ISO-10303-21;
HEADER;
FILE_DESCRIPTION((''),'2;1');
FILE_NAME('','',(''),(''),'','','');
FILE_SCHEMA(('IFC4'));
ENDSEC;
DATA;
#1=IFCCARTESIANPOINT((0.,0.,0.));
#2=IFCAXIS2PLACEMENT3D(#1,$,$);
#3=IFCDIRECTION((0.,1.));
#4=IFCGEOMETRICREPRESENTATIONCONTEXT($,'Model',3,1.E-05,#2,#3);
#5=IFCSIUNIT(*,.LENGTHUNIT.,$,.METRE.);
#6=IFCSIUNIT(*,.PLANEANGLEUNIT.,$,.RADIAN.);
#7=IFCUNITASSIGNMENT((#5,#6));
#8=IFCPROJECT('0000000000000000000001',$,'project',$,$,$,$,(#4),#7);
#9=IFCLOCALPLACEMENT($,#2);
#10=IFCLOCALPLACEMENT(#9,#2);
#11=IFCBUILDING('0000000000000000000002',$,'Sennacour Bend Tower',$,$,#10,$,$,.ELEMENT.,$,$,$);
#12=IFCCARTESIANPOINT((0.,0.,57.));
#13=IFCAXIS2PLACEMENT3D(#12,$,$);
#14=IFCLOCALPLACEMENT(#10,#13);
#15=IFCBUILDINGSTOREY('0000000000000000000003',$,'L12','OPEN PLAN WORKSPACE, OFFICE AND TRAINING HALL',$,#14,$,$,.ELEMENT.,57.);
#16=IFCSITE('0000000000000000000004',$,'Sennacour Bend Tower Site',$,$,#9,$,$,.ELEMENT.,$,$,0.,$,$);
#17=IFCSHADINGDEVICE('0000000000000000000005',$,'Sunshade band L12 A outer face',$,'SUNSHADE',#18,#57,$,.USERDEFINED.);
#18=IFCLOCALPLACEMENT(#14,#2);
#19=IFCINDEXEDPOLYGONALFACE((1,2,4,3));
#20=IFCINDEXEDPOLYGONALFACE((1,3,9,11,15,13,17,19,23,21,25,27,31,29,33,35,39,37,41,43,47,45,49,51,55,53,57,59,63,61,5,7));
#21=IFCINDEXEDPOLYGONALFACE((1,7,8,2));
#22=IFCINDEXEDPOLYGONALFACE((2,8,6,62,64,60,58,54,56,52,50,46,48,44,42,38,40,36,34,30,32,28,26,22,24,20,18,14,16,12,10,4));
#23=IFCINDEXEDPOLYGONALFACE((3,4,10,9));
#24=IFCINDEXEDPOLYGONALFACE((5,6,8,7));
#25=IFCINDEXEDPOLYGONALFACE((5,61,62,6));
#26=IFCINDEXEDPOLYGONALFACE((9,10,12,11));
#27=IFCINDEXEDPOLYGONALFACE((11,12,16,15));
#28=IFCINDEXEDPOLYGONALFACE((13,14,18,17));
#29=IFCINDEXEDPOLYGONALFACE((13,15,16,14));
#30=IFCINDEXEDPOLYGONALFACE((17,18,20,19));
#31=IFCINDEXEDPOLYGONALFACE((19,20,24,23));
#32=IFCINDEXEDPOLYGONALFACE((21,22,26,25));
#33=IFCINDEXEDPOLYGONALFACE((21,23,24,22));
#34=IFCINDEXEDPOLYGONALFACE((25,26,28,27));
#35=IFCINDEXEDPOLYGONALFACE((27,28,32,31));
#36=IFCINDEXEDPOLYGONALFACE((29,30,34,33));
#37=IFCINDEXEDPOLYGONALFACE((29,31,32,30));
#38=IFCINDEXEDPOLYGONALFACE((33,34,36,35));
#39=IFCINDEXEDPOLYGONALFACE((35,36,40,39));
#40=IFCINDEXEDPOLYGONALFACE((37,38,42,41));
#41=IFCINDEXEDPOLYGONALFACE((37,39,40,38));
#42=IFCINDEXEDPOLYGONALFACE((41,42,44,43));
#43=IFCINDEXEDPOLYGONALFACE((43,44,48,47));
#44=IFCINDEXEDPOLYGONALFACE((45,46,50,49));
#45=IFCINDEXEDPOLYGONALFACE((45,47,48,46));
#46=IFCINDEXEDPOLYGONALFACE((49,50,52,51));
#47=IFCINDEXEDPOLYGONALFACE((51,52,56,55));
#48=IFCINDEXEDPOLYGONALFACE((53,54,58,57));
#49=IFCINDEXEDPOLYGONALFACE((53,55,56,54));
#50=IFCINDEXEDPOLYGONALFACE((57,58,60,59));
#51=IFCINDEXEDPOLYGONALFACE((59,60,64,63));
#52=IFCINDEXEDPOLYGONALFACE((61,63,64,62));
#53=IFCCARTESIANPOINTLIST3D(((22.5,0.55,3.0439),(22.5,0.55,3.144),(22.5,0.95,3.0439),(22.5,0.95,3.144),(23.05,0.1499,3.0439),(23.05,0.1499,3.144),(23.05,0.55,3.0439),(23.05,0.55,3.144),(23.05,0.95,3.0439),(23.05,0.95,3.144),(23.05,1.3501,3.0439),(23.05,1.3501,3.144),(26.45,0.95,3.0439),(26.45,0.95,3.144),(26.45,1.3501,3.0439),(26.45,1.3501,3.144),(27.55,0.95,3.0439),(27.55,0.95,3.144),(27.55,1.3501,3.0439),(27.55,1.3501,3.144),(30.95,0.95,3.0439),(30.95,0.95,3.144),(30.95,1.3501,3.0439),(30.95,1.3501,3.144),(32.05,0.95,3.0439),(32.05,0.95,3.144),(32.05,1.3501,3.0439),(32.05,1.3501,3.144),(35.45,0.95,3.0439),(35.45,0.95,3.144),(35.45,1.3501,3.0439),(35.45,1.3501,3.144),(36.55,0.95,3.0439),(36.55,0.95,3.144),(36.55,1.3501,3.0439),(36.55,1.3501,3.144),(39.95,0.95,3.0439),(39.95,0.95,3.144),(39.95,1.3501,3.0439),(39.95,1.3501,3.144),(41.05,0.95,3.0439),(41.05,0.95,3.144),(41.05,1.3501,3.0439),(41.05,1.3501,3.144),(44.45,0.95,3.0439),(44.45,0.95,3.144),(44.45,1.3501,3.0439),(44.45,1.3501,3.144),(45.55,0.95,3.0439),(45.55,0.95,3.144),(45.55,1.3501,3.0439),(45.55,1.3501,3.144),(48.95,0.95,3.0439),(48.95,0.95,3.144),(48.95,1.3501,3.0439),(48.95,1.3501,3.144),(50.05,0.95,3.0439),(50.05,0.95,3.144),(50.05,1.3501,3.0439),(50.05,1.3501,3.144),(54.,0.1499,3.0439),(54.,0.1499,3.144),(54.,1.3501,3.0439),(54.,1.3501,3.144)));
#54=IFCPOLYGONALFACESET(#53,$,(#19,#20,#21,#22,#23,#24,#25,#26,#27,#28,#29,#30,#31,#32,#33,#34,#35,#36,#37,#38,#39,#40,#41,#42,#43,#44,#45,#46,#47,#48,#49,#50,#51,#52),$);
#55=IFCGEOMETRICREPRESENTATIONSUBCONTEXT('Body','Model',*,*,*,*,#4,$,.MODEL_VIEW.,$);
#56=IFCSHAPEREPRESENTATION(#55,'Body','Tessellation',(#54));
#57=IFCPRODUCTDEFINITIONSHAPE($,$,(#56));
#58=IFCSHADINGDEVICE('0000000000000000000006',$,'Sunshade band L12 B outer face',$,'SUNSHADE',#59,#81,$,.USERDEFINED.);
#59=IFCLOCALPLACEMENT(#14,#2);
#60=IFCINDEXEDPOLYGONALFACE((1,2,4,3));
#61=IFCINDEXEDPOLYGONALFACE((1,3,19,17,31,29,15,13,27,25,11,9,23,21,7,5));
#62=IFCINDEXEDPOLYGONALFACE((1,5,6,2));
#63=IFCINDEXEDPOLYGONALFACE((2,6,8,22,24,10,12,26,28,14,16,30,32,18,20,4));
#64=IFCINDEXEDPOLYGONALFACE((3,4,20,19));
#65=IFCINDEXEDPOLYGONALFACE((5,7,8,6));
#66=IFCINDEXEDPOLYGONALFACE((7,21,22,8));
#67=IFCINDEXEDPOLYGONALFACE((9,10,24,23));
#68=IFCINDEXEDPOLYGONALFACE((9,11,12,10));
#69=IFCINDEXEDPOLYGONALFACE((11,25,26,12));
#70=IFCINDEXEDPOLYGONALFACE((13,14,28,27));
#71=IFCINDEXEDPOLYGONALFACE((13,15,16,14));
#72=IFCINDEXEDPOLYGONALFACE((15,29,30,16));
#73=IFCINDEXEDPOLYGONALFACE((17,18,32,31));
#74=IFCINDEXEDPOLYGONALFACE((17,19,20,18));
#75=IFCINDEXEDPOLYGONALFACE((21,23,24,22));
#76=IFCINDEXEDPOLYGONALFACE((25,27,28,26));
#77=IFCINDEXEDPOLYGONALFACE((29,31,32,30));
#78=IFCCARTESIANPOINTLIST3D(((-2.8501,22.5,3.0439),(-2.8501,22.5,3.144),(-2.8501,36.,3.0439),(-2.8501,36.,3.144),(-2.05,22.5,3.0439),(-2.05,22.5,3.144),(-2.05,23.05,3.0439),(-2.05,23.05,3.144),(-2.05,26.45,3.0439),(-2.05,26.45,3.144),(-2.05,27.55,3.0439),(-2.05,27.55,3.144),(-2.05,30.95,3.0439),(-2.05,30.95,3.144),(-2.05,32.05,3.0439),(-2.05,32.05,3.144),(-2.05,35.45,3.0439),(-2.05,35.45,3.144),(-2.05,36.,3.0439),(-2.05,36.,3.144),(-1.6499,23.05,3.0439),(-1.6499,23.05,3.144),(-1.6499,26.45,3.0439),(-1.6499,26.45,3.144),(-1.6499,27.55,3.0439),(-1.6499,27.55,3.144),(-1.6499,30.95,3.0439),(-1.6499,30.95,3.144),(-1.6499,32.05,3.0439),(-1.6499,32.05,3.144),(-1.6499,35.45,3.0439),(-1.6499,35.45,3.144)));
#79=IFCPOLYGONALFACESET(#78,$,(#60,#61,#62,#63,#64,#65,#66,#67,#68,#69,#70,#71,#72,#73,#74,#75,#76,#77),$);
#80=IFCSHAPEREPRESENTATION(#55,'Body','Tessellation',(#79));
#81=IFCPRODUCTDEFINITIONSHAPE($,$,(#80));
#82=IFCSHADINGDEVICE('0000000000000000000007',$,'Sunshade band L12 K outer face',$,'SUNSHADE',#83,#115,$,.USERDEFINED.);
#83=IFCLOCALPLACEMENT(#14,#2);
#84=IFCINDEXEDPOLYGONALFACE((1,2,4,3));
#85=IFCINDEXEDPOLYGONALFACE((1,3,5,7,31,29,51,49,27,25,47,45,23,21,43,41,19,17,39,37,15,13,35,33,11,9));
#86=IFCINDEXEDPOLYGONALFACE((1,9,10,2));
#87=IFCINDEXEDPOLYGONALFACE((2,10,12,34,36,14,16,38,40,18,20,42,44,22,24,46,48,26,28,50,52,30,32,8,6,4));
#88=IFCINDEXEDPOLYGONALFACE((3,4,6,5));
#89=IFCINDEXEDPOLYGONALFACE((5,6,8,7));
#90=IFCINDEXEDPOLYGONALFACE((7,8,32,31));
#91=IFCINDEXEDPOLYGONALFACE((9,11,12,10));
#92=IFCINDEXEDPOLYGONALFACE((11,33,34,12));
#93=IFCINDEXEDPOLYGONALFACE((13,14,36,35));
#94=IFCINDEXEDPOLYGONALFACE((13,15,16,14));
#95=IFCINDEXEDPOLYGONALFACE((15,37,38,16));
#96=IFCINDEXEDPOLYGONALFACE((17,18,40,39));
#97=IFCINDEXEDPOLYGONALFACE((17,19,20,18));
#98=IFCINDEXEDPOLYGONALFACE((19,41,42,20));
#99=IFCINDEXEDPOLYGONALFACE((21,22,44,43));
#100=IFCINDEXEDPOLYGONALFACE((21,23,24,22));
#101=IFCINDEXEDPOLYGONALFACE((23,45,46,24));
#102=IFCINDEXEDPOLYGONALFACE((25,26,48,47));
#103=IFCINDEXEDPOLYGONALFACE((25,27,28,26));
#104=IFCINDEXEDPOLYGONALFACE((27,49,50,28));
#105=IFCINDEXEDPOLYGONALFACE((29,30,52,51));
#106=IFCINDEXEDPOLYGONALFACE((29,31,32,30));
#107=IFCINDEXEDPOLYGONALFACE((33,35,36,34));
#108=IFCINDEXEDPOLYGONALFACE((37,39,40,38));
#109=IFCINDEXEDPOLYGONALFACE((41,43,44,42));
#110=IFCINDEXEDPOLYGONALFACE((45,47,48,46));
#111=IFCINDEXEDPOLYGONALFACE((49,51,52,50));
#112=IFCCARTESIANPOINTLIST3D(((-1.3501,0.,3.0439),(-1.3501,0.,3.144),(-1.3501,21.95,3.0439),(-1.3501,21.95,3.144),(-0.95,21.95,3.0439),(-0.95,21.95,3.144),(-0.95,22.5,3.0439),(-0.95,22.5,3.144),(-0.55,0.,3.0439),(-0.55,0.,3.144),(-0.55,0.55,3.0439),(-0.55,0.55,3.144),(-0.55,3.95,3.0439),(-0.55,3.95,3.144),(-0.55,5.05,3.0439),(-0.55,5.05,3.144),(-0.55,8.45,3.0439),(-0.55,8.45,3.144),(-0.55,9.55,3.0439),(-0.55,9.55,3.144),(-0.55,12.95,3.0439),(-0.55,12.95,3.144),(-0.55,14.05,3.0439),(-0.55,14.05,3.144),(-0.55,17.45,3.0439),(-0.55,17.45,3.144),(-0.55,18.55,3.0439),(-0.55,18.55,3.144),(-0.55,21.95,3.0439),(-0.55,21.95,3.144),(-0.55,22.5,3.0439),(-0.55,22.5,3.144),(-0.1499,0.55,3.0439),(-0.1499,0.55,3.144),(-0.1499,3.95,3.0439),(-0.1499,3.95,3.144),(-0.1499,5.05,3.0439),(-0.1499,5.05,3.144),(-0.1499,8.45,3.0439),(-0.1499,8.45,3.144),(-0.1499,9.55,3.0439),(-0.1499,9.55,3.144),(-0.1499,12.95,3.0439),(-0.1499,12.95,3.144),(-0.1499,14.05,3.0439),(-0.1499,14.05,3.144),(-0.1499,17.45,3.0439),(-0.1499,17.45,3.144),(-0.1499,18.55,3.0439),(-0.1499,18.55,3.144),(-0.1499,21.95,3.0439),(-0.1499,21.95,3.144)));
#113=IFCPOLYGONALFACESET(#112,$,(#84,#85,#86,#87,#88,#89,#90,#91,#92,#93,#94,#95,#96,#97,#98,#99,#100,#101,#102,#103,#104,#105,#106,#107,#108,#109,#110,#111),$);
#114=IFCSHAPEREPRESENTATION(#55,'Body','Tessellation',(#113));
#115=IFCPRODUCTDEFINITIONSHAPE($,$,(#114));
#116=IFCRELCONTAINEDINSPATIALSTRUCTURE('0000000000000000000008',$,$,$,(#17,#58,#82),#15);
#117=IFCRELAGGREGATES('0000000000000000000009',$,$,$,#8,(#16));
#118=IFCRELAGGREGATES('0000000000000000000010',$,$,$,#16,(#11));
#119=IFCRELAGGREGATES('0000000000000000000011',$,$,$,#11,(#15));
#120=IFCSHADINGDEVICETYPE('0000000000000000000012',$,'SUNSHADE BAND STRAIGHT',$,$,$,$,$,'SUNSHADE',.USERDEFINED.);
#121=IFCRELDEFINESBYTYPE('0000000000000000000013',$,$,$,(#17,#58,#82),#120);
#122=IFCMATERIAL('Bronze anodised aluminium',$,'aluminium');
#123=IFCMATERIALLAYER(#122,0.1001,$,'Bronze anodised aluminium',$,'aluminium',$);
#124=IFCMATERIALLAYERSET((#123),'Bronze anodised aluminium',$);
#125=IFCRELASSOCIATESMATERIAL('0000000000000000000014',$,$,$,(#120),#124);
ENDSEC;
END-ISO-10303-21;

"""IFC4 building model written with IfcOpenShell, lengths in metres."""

from ifc_helpers import new_model, si_unit, direction, frame, origin, place, context, subcontext, project, spatial, polyline, outline, extrude, material, layer, layer_set, type_object, element, save


model = new_model("IFC4")

# Units and contexts
model_context = context("Model", 3, precision=1e-05, world=origin(), true_north=direction((0.0, 1.0)))
body_context = subcontext(model_context, "Body", "Model", "MODEL_VIEW")
ifc_project = project(units=[si_unit("LENGTHUNIT", "METRE"), si_unit("PLANEANGLEUNIT", "RADIAN")], contexts=[model_context])

# Site, building, storey
site_placement = place(None, origin())
site = spatial("IfcSite", under=ifc_project, at=site_placement, Name="Sennacour Bend Tower Site", CompositionType="ELEMENT", RefElevation=0.0)
building_placement = place(site_placement, origin())
building = spatial("IfcBuilding", under=site, at=building_placement, Name="Sennacour Bend Tower", CompositionType="ELEMENT")
storey_placement = place(building_placement, frame((0.0, 0.0, 57.0)))
storey = spatial("IfcBuildingStorey", under=building, at=storey_placement, Name="L12", Description="OPEN PLAN WORKSPACE, OFFICE AND TRAINING HALL", CompositionType="ELEMENT", Elevation=57.0)

# Shading devices
ifc_material_1 = material(Name="Bronze anodised aluminium", Category="aluminium")
ifc_layer_1 = layer(ifc_material_1, 0.1001, Name="Bronze anodised aluminium", Category="aluminium")
ifc_layer_set_1 = layer_set([ifc_layer_1], Name="Bronze anodised aluminium")
shading_device_type_1 = type_object("IfcShadingDeviceType", Name="SUNSHADE BAND STRAIGHT", ElementType="SUNSHADE", PredefinedType="USERDEFINED", material=ifc_layer_set_1)
shading_device_1_placement = place(storey_placement, frame((0.0, 0.0, 3.0439)))
element("IfcShadingDevice", 1, at=shading_device_1_placement, inside=storey, type_object=shading_device_type_1, Name="Sunshade band L12 A outer face", ObjectType="SUNSHADE", PredefinedType="USERDEFINED", context=body_context, shape_type="SweptSolid", body=[
    extrude(outline(polyline([(26.45, 1.3501), (26.45, 0.95), (27.55, 0.95), (27.55, 1.3501), (30.95, 1.3501), (30.95, 0.95), (32.05, 0.95), (32.05, 1.3501), (35.45, 1.3501), (35.45, 0.95), (36.55, 0.95), (36.55, 1.3501), (39.95, 1.3501), (39.95, 0.95), (41.05, 0.95), (41.05, 1.3501), (44.45, 1.3501), (44.45, 0.95), (45.55, 0.95), (45.55, 1.3501), (48.95, 1.3501), (48.95, 0.95), (50.05, 0.95), (50.05, 1.3501), (54.0, 1.3501), (54.0, 0.1499), (23.05, 0.1499), (23.05, 0.55), (22.5, 0.55), (22.5, 0.95), (23.05, 0.95), (23.05, 1.3501), (26.45, 1.3501)])), origin(), (0.0, 0.0, 1.0), 0.1001),
])
shading_device_2_placement = place(storey_placement, frame((0.0, 0.0, 3.0439)))
element("IfcShadingDevice", 2, at=shading_device_2_placement, inside=storey, type_object=shading_device_type_1, Name="Sunshade band L12 B outer face", ObjectType="SUNSHADE", PredefinedType="USERDEFINED", context=body_context, shape_type="SweptSolid", body=[
    extrude(outline(polyline([(-1.6499, 32.05), (-2.05, 32.05), (-2.05, 30.95), (-1.6499, 30.95), (-1.6499, 27.55), (-2.05, 27.55), (-2.05, 26.45), (-1.6499, 26.45), (-1.6499, 23.05), (-2.05, 23.05), (-2.05, 22.5), (-2.8501, 22.5), (-2.8501, 36.0), (-2.05, 36.0), (-2.05, 35.45), (-1.6499, 35.45), (-1.6499, 32.05)])), origin(), (0.0, 0.0, 1.0), 0.1001),
])
shading_device_3_placement = place(storey_placement, frame((0.0, 0.0, 3.0439)))
element("IfcShadingDevice", 3, at=shading_device_3_placement, inside=storey, type_object=shading_device_type_1, Name="Sunshade band L12 K outer face", ObjectType="SUNSHADE", PredefinedType="USERDEFINED", context=body_context, shape_type="SweptSolid", body=[
    extrude(outline(polyline([(-0.1499, 18.55), (-0.55, 18.55), (-0.55, 17.45), (-0.1499, 17.45), (-0.1499, 14.05), (-0.55, 14.05), (-0.55, 12.95), (-0.1499, 12.95), (-0.1499, 9.55), (-0.55, 9.55), (-0.55, 8.45), (-0.1499, 8.45), (-0.1499, 5.05), (-0.55, 5.05), (-0.55, 3.95), (-0.1499, 3.95), (-0.1499, 0.55), (-0.55, 0.55), (-0.55, 0.0), (-1.3501, 0.0), (-1.3501, 21.95), (-0.95, 21.95), (-0.95, 22.5), (-0.55, 22.5), (-0.55, 21.95), (-0.1499, 21.95), (-0.1499, 18.55)])), origin(), (0.0, 0.0, 1.0), 0.1001),
])

save(model, "model.ifc")
